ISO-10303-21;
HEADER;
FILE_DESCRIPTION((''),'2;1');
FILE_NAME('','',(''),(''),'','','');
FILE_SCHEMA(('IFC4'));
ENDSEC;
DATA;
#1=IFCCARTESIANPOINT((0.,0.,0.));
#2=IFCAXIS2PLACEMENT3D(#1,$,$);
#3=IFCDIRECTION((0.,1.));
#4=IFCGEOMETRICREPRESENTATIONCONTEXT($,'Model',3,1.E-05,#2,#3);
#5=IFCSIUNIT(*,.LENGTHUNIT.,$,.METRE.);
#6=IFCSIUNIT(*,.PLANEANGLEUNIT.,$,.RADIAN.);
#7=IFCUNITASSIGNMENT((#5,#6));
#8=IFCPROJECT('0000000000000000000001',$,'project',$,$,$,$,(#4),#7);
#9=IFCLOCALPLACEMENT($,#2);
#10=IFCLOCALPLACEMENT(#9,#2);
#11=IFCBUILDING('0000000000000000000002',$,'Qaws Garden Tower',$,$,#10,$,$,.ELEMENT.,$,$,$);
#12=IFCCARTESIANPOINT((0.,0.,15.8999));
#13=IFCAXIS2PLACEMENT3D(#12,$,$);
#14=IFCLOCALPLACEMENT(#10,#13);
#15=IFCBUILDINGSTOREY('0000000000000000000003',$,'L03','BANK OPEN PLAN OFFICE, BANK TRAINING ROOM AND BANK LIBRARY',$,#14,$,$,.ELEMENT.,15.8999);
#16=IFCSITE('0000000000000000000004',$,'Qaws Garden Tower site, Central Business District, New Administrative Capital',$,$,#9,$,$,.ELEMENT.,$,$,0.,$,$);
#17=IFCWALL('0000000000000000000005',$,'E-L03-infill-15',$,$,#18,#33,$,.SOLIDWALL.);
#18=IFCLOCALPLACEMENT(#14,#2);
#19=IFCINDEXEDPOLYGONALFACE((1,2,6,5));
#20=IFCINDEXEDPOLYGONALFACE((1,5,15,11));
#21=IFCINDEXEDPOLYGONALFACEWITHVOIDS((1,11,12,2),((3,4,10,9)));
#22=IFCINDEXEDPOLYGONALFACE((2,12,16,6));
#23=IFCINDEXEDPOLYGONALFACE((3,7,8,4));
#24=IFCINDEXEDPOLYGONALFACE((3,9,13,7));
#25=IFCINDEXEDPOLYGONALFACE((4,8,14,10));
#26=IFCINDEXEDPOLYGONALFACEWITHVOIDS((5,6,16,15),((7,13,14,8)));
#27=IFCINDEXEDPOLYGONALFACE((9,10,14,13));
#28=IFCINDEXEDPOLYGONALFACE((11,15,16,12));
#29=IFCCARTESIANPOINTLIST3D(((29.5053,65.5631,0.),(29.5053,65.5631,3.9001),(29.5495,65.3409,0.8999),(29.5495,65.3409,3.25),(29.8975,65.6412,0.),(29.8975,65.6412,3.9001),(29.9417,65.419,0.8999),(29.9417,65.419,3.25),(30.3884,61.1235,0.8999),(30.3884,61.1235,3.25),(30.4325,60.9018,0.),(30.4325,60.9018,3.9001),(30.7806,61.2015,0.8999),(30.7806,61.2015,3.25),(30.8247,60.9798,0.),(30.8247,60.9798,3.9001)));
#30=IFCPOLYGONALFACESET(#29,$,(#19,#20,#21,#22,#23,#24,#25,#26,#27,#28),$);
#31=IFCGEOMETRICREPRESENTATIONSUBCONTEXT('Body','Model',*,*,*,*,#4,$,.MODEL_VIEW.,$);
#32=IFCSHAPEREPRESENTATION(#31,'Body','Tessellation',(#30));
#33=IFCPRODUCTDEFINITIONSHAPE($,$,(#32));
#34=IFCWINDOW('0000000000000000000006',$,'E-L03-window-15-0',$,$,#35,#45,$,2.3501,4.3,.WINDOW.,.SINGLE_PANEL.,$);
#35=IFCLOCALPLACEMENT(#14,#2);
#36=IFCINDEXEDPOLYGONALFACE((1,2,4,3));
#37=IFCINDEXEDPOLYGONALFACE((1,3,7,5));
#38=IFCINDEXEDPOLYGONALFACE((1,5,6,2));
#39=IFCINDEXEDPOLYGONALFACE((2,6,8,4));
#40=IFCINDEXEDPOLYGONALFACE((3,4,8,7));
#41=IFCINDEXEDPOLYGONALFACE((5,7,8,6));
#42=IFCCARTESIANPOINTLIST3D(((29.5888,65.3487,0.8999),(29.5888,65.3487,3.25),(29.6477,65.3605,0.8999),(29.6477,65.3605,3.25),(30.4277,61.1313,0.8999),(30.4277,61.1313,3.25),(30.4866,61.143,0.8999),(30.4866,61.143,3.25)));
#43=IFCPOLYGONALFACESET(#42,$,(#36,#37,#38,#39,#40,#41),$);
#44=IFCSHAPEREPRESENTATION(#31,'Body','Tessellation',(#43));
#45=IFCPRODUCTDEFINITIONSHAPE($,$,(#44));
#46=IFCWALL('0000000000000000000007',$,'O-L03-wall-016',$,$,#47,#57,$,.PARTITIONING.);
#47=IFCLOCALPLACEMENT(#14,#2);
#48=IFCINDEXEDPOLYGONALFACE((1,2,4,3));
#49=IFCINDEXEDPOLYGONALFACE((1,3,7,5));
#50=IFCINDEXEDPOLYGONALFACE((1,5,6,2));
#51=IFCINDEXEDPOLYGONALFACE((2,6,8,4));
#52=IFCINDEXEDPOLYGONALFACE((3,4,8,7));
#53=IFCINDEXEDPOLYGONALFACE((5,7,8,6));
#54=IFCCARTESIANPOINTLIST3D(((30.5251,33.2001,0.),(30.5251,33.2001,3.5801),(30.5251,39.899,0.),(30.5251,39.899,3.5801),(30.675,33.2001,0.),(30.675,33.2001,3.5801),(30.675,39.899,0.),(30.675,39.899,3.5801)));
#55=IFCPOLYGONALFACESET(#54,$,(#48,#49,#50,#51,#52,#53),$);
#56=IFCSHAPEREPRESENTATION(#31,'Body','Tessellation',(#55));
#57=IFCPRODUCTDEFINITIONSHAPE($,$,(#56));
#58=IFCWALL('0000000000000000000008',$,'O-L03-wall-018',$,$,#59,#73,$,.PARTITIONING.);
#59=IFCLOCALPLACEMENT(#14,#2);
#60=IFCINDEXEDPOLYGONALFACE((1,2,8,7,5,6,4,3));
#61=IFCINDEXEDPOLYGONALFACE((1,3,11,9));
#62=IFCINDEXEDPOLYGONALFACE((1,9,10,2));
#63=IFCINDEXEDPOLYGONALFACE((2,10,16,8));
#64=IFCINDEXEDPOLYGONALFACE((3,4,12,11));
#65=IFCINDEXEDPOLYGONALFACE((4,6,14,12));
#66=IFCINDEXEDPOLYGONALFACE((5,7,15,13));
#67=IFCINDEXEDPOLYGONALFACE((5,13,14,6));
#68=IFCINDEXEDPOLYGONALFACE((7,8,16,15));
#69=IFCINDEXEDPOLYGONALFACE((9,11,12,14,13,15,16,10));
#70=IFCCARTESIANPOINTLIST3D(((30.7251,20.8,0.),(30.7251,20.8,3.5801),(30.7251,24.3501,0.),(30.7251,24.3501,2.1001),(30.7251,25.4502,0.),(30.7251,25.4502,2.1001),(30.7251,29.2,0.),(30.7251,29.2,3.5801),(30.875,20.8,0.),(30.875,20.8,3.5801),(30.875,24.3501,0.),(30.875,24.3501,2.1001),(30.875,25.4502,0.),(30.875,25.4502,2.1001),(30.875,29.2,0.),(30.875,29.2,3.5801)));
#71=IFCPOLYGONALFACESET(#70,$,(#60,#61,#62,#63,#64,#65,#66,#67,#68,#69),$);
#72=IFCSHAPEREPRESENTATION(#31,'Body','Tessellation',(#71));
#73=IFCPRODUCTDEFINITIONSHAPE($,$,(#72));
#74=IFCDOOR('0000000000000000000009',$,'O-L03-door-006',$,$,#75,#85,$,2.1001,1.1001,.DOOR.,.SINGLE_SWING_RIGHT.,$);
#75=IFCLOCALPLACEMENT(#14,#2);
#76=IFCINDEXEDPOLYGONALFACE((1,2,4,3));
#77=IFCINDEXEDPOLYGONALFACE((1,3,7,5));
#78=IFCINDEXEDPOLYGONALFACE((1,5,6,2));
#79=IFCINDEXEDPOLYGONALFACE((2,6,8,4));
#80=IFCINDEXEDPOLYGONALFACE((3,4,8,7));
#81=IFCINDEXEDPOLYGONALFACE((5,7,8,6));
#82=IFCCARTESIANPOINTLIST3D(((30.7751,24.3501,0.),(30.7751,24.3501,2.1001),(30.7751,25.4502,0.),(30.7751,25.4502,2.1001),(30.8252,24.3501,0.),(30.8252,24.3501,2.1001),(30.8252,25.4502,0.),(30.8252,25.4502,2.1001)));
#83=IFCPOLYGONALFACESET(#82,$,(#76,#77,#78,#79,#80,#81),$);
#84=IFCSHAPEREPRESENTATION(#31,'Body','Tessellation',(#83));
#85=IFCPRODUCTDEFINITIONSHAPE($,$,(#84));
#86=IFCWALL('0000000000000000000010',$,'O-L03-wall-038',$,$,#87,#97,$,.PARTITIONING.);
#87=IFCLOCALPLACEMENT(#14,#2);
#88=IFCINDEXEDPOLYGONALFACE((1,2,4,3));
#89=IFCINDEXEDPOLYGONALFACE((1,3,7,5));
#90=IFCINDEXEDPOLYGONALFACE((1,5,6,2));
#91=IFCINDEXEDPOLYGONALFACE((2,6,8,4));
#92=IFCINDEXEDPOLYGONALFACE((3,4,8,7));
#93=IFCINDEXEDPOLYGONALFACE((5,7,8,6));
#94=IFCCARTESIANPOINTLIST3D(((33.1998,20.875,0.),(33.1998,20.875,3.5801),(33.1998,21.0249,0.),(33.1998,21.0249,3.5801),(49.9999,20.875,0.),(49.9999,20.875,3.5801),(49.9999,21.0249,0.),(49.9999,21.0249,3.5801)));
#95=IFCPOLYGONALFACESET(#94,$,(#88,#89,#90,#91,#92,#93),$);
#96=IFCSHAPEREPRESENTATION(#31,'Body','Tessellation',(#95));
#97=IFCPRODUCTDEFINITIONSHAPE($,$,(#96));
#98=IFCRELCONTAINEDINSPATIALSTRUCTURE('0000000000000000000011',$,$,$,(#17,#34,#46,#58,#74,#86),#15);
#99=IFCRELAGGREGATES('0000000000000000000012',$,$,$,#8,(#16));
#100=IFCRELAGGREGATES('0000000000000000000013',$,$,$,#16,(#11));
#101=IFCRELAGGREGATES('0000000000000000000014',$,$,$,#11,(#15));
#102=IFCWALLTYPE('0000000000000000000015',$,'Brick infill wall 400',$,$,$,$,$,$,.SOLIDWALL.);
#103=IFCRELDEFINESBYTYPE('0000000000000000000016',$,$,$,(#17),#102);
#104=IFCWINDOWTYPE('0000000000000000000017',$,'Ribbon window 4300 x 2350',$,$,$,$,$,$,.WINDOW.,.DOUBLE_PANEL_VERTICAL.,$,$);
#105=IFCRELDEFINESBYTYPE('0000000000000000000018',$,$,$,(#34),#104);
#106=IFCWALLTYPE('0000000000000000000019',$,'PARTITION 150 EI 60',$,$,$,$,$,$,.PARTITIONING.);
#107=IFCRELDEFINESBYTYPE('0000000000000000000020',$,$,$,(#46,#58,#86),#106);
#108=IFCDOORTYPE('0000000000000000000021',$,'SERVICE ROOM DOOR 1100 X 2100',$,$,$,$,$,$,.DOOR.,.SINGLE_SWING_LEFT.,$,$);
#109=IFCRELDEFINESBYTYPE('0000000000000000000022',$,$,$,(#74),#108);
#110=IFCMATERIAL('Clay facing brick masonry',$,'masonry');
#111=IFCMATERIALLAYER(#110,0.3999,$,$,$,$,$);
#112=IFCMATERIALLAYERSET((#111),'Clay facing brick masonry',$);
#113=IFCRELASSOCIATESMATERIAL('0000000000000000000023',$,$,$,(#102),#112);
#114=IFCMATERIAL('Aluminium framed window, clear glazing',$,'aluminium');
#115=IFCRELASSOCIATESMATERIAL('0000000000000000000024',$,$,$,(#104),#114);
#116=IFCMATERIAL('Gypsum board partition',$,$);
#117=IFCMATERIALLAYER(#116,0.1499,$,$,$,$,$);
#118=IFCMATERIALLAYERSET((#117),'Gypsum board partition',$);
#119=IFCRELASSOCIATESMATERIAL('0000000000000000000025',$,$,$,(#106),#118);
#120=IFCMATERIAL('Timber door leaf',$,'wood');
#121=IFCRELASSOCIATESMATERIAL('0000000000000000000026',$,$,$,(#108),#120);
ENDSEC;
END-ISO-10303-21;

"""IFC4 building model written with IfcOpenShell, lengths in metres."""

from ifc_helpers import new_model, si_unit, direction, frame, frame_2d, origin, place, context, subcontext, project, spatial, rectangle, extrude, material, layer, layer_set, type_object, element, fill, save


model = new_model("IFC4")

# Units and contexts
model_context = context("Model", 3, precision=1e-05, world=origin(), true_north=direction((0.0, 1.0)))
body_context = subcontext(model_context, "Body", "Model", "MODEL_VIEW")
ifc_project = project(units=[si_unit("LENGTHUNIT", "METRE"), si_unit("PLANEANGLEUNIT", "RADIAN")], contexts=[model_context])

# Site, building, storey
site_placement = place(None, origin())
site = spatial("IfcSite", under=ifc_project, at=site_placement, Name="Qaws Garden Tower site, Central Business District, New Administrative Capital", CompositionType="ELEMENT", RefElevation=0.0)
building_placement = place(site_placement, origin())
building = spatial("IfcBuilding", under=site, at=building_placement, Name="Qaws Garden Tower", CompositionType="ELEMENT")
storey_placement = place(building_placement, frame((0.0, 0.0, 15.8999)))
storey = spatial("IfcBuildingStorey", under=building, at=storey_placement, Name="L03", Description="BANK OPEN PLAN OFFICE, BANK TRAINING ROOM AND BANK LIBRARY", CompositionType="ELEMENT", Elevation=15.8999)

# Shared definitions
ifc_material_1 = material(Name="Clay facing brick masonry", Category="masonry")
ifc_layer_1 = layer(ifc_material_1, 0.3999)
ifc_layer_set_1 = layer_set([ifc_layer_1], Name="Clay facing brick masonry")
wall_type_1 = type_object("IfcWallType", Name="Brick infill wall 400", PredefinedType="SOLIDWALL", material=ifc_layer_set_1)

# Wall, opening, window
wall_1_placement = place(storey_placement, frame((30.6287, 60.9407, 0.0), z_axis=(0.0, 0.0, 1.0), x_axis=(-0.195099, 0.980784, 0.0)))
wall_1 = element("IfcWall", 1, at=wall_1_placement, inside=storey, type_object=wall_type_1, Name="E-L03-infill-15", PredefinedType="SOLIDWALL", context=body_context, shape_type="SweptSolid", body=[
    extrude(rectangle(XDim=4.7527, YDim=0.3999, at=frame_2d((2.3765, 0.0))), origin(), (0.0, 0.0, 1.0), 3.9001),
])
opening_1_placement = place(wall_1_placement, frame((0.2263, 0.0, 0.8999)))
opening_1 = element("IfcOpeningElement", 2, at=opening_1_placement, cuts=wall_1, PredefinedType="OPENING", context=body_context, shape_type="SweptSolid", body=[
    extrude(rectangle(XDim=4.3, YDim=2.3501, at=frame_2d((2.1499, 1.175))), frame((0.0, 0.21, 0.0), z_axis=(0.0, -1.0, 0.0), x_axis=(1.0, 0.0, 0.0)), (0.0, 0.0, 1.0), 0.4199),
])
ifc_material_2 = material(Name="Aluminium framed window, clear glazing", Category="aluminium")
window_type_1 = type_object("IfcWindowType", Name="Ribbon window 4300 x 2350", PartitioningType="DOUBLE_PANEL_VERTICAL", PredefinedType="WINDOW", material=ifc_material_2)
window_1_placement = place(opening_1_placement, origin())
window_1 = element("IfcWindow", 3, at=window_1_placement, inside=storey, type_object=window_type_1, Name="E-L03-window-15-0", OverallHeight=2.3501, OverallWidth=4.3, PartitioningType="SINGLE_PANEL", PredefinedType="WINDOW", context=body_context, shape_type="SweptSolid", body=[
    extrude(rectangle(XDim=4.3, YDim=2.3501, at=frame_2d((2.1499, 1.175))), frame((0.0, 0.1599, 0.0), z_axis=(0.0, -1.0, 0.0), x_axis=(1.0, 0.0, 0.0)), (0.0, 0.0, 1.0), 0.0601),
])
fill(opening_1, window_1)

# Wall
ifc_material_3 = material(Name="Gypsum board partition")
ifc_layer_2 = layer(ifc_material_3, 0.1499)
ifc_layer_set_2 = layer_set([ifc_layer_2], Name="Gypsum board partition")
wall_type_2 = type_object("IfcWallType", Name="PARTITION 150 EI 60", PredefinedType="PARTITIONING", material=ifc_layer_set_2)
wall_2_placement = place(storey_placement, frame((30.6001, 33.2, 0.0), z_axis=(0.0, 0.0, 1.0), x_axis=(0.0, 1.0, 0.0)))
element("IfcWall", 4, at=wall_2_placement, inside=storey, type_object=wall_type_2, Name="O-L03-wall-016", PredefinedType="PARTITIONING", context=body_context, shape_type="SweptSolid", body=[
    extrude(rectangle(XDim=6.699, YDim=0.1499, at=frame_2d((3.3496, 0.0))), origin(), (0.0, 0.0, 1.0), 3.5801),
])

# Wall, opening, door
wall_3_placement = place(storey_placement, frame((30.8, 20.8, 0.0), z_axis=(0.0, 0.0, 1.0), x_axis=(0.0, 1.0, 0.0)))
wall_3 = element("IfcWall", 5, at=wall_3_placement, inside=storey, type_object=wall_type_2, Name="O-L03-wall-018", PredefinedType="PARTITIONING", context=body_context, shape_type="SweptSolid", body=[
    extrude(rectangle(XDim=8.3999, YDim=0.1499, at=frame_2d((4.2, 0.0))), origin(), (0.0, 0.0, 1.0), 3.5801),
])
opening_2_placement = place(wall_3_placement, frame((3.55, 0.0, 0.0)))
opening_2 = element("IfcOpeningElement", 6, at=opening_2_placement, cuts=wall_3, PredefinedType="OPENING", context=body_context, shape_type="SweptSolid", body=[
    extrude(rectangle(XDim=1.1001, YDim=2.1001, at=frame_2d((0.55, 1.05))), frame((0.0, 0.085, 0.0), z_axis=(0.0, -1.0, 0.0), x_axis=(1.0, 0.0, 0.0)), (0.0, 0.0, 1.0), 0.1699),
])
ifc_material_4 = material(Name="Timber door leaf", Category="wood")
door_type = type_object("IfcDoorType", Name="SERVICE ROOM DOOR 1100 X 2100", OperationType="SINGLE_SWING_LEFT", PredefinedType="DOOR", material=ifc_material_4)
door_placement = place(opening_2_placement, origin())
door = element("IfcDoor", 7, at=door_placement, inside=storey, type_object=door_type, Name="O-L03-door-006", OperationType="SINGLE_SWING_RIGHT", OverallHeight=2.1001, OverallWidth=1.1001, PredefinedType="DOOR", context=body_context, shape_type="SweptSolid", body=[
    extrude(rectangle(XDim=1.1001, YDim=2.1001, at=frame_2d((0.55, 1.05))), frame((0.0, 0.0249, 0.0), z_axis=(0.0, -1.0, 0.0), x_axis=(1.0, 0.0, 0.0)), (0.0, 0.0, 1.0), 0.05),
])
fill(opening_2, door)

# Wall
wall_4_placement = place(storey_placement, frame((33.2, 20.95, 0.0), z_axis=(0.0, 0.0, 1.0), x_axis=(1.0, 0.0, 0.0)))
element("IfcWall", 8, at=wall_4_placement, inside=storey, type_object=wall_type_2, Name="O-L03-wall-038", PredefinedType="PARTITIONING", context=body_context, shape_type="SweptSolid", body=[
    extrude(rectangle(XDim=16.8, YDim=0.1499, at=frame_2d((8.3999, 0.0))), origin(), (0.0, 0.0, 1.0), 3.5801),
])

save(model, "model.ifc")
